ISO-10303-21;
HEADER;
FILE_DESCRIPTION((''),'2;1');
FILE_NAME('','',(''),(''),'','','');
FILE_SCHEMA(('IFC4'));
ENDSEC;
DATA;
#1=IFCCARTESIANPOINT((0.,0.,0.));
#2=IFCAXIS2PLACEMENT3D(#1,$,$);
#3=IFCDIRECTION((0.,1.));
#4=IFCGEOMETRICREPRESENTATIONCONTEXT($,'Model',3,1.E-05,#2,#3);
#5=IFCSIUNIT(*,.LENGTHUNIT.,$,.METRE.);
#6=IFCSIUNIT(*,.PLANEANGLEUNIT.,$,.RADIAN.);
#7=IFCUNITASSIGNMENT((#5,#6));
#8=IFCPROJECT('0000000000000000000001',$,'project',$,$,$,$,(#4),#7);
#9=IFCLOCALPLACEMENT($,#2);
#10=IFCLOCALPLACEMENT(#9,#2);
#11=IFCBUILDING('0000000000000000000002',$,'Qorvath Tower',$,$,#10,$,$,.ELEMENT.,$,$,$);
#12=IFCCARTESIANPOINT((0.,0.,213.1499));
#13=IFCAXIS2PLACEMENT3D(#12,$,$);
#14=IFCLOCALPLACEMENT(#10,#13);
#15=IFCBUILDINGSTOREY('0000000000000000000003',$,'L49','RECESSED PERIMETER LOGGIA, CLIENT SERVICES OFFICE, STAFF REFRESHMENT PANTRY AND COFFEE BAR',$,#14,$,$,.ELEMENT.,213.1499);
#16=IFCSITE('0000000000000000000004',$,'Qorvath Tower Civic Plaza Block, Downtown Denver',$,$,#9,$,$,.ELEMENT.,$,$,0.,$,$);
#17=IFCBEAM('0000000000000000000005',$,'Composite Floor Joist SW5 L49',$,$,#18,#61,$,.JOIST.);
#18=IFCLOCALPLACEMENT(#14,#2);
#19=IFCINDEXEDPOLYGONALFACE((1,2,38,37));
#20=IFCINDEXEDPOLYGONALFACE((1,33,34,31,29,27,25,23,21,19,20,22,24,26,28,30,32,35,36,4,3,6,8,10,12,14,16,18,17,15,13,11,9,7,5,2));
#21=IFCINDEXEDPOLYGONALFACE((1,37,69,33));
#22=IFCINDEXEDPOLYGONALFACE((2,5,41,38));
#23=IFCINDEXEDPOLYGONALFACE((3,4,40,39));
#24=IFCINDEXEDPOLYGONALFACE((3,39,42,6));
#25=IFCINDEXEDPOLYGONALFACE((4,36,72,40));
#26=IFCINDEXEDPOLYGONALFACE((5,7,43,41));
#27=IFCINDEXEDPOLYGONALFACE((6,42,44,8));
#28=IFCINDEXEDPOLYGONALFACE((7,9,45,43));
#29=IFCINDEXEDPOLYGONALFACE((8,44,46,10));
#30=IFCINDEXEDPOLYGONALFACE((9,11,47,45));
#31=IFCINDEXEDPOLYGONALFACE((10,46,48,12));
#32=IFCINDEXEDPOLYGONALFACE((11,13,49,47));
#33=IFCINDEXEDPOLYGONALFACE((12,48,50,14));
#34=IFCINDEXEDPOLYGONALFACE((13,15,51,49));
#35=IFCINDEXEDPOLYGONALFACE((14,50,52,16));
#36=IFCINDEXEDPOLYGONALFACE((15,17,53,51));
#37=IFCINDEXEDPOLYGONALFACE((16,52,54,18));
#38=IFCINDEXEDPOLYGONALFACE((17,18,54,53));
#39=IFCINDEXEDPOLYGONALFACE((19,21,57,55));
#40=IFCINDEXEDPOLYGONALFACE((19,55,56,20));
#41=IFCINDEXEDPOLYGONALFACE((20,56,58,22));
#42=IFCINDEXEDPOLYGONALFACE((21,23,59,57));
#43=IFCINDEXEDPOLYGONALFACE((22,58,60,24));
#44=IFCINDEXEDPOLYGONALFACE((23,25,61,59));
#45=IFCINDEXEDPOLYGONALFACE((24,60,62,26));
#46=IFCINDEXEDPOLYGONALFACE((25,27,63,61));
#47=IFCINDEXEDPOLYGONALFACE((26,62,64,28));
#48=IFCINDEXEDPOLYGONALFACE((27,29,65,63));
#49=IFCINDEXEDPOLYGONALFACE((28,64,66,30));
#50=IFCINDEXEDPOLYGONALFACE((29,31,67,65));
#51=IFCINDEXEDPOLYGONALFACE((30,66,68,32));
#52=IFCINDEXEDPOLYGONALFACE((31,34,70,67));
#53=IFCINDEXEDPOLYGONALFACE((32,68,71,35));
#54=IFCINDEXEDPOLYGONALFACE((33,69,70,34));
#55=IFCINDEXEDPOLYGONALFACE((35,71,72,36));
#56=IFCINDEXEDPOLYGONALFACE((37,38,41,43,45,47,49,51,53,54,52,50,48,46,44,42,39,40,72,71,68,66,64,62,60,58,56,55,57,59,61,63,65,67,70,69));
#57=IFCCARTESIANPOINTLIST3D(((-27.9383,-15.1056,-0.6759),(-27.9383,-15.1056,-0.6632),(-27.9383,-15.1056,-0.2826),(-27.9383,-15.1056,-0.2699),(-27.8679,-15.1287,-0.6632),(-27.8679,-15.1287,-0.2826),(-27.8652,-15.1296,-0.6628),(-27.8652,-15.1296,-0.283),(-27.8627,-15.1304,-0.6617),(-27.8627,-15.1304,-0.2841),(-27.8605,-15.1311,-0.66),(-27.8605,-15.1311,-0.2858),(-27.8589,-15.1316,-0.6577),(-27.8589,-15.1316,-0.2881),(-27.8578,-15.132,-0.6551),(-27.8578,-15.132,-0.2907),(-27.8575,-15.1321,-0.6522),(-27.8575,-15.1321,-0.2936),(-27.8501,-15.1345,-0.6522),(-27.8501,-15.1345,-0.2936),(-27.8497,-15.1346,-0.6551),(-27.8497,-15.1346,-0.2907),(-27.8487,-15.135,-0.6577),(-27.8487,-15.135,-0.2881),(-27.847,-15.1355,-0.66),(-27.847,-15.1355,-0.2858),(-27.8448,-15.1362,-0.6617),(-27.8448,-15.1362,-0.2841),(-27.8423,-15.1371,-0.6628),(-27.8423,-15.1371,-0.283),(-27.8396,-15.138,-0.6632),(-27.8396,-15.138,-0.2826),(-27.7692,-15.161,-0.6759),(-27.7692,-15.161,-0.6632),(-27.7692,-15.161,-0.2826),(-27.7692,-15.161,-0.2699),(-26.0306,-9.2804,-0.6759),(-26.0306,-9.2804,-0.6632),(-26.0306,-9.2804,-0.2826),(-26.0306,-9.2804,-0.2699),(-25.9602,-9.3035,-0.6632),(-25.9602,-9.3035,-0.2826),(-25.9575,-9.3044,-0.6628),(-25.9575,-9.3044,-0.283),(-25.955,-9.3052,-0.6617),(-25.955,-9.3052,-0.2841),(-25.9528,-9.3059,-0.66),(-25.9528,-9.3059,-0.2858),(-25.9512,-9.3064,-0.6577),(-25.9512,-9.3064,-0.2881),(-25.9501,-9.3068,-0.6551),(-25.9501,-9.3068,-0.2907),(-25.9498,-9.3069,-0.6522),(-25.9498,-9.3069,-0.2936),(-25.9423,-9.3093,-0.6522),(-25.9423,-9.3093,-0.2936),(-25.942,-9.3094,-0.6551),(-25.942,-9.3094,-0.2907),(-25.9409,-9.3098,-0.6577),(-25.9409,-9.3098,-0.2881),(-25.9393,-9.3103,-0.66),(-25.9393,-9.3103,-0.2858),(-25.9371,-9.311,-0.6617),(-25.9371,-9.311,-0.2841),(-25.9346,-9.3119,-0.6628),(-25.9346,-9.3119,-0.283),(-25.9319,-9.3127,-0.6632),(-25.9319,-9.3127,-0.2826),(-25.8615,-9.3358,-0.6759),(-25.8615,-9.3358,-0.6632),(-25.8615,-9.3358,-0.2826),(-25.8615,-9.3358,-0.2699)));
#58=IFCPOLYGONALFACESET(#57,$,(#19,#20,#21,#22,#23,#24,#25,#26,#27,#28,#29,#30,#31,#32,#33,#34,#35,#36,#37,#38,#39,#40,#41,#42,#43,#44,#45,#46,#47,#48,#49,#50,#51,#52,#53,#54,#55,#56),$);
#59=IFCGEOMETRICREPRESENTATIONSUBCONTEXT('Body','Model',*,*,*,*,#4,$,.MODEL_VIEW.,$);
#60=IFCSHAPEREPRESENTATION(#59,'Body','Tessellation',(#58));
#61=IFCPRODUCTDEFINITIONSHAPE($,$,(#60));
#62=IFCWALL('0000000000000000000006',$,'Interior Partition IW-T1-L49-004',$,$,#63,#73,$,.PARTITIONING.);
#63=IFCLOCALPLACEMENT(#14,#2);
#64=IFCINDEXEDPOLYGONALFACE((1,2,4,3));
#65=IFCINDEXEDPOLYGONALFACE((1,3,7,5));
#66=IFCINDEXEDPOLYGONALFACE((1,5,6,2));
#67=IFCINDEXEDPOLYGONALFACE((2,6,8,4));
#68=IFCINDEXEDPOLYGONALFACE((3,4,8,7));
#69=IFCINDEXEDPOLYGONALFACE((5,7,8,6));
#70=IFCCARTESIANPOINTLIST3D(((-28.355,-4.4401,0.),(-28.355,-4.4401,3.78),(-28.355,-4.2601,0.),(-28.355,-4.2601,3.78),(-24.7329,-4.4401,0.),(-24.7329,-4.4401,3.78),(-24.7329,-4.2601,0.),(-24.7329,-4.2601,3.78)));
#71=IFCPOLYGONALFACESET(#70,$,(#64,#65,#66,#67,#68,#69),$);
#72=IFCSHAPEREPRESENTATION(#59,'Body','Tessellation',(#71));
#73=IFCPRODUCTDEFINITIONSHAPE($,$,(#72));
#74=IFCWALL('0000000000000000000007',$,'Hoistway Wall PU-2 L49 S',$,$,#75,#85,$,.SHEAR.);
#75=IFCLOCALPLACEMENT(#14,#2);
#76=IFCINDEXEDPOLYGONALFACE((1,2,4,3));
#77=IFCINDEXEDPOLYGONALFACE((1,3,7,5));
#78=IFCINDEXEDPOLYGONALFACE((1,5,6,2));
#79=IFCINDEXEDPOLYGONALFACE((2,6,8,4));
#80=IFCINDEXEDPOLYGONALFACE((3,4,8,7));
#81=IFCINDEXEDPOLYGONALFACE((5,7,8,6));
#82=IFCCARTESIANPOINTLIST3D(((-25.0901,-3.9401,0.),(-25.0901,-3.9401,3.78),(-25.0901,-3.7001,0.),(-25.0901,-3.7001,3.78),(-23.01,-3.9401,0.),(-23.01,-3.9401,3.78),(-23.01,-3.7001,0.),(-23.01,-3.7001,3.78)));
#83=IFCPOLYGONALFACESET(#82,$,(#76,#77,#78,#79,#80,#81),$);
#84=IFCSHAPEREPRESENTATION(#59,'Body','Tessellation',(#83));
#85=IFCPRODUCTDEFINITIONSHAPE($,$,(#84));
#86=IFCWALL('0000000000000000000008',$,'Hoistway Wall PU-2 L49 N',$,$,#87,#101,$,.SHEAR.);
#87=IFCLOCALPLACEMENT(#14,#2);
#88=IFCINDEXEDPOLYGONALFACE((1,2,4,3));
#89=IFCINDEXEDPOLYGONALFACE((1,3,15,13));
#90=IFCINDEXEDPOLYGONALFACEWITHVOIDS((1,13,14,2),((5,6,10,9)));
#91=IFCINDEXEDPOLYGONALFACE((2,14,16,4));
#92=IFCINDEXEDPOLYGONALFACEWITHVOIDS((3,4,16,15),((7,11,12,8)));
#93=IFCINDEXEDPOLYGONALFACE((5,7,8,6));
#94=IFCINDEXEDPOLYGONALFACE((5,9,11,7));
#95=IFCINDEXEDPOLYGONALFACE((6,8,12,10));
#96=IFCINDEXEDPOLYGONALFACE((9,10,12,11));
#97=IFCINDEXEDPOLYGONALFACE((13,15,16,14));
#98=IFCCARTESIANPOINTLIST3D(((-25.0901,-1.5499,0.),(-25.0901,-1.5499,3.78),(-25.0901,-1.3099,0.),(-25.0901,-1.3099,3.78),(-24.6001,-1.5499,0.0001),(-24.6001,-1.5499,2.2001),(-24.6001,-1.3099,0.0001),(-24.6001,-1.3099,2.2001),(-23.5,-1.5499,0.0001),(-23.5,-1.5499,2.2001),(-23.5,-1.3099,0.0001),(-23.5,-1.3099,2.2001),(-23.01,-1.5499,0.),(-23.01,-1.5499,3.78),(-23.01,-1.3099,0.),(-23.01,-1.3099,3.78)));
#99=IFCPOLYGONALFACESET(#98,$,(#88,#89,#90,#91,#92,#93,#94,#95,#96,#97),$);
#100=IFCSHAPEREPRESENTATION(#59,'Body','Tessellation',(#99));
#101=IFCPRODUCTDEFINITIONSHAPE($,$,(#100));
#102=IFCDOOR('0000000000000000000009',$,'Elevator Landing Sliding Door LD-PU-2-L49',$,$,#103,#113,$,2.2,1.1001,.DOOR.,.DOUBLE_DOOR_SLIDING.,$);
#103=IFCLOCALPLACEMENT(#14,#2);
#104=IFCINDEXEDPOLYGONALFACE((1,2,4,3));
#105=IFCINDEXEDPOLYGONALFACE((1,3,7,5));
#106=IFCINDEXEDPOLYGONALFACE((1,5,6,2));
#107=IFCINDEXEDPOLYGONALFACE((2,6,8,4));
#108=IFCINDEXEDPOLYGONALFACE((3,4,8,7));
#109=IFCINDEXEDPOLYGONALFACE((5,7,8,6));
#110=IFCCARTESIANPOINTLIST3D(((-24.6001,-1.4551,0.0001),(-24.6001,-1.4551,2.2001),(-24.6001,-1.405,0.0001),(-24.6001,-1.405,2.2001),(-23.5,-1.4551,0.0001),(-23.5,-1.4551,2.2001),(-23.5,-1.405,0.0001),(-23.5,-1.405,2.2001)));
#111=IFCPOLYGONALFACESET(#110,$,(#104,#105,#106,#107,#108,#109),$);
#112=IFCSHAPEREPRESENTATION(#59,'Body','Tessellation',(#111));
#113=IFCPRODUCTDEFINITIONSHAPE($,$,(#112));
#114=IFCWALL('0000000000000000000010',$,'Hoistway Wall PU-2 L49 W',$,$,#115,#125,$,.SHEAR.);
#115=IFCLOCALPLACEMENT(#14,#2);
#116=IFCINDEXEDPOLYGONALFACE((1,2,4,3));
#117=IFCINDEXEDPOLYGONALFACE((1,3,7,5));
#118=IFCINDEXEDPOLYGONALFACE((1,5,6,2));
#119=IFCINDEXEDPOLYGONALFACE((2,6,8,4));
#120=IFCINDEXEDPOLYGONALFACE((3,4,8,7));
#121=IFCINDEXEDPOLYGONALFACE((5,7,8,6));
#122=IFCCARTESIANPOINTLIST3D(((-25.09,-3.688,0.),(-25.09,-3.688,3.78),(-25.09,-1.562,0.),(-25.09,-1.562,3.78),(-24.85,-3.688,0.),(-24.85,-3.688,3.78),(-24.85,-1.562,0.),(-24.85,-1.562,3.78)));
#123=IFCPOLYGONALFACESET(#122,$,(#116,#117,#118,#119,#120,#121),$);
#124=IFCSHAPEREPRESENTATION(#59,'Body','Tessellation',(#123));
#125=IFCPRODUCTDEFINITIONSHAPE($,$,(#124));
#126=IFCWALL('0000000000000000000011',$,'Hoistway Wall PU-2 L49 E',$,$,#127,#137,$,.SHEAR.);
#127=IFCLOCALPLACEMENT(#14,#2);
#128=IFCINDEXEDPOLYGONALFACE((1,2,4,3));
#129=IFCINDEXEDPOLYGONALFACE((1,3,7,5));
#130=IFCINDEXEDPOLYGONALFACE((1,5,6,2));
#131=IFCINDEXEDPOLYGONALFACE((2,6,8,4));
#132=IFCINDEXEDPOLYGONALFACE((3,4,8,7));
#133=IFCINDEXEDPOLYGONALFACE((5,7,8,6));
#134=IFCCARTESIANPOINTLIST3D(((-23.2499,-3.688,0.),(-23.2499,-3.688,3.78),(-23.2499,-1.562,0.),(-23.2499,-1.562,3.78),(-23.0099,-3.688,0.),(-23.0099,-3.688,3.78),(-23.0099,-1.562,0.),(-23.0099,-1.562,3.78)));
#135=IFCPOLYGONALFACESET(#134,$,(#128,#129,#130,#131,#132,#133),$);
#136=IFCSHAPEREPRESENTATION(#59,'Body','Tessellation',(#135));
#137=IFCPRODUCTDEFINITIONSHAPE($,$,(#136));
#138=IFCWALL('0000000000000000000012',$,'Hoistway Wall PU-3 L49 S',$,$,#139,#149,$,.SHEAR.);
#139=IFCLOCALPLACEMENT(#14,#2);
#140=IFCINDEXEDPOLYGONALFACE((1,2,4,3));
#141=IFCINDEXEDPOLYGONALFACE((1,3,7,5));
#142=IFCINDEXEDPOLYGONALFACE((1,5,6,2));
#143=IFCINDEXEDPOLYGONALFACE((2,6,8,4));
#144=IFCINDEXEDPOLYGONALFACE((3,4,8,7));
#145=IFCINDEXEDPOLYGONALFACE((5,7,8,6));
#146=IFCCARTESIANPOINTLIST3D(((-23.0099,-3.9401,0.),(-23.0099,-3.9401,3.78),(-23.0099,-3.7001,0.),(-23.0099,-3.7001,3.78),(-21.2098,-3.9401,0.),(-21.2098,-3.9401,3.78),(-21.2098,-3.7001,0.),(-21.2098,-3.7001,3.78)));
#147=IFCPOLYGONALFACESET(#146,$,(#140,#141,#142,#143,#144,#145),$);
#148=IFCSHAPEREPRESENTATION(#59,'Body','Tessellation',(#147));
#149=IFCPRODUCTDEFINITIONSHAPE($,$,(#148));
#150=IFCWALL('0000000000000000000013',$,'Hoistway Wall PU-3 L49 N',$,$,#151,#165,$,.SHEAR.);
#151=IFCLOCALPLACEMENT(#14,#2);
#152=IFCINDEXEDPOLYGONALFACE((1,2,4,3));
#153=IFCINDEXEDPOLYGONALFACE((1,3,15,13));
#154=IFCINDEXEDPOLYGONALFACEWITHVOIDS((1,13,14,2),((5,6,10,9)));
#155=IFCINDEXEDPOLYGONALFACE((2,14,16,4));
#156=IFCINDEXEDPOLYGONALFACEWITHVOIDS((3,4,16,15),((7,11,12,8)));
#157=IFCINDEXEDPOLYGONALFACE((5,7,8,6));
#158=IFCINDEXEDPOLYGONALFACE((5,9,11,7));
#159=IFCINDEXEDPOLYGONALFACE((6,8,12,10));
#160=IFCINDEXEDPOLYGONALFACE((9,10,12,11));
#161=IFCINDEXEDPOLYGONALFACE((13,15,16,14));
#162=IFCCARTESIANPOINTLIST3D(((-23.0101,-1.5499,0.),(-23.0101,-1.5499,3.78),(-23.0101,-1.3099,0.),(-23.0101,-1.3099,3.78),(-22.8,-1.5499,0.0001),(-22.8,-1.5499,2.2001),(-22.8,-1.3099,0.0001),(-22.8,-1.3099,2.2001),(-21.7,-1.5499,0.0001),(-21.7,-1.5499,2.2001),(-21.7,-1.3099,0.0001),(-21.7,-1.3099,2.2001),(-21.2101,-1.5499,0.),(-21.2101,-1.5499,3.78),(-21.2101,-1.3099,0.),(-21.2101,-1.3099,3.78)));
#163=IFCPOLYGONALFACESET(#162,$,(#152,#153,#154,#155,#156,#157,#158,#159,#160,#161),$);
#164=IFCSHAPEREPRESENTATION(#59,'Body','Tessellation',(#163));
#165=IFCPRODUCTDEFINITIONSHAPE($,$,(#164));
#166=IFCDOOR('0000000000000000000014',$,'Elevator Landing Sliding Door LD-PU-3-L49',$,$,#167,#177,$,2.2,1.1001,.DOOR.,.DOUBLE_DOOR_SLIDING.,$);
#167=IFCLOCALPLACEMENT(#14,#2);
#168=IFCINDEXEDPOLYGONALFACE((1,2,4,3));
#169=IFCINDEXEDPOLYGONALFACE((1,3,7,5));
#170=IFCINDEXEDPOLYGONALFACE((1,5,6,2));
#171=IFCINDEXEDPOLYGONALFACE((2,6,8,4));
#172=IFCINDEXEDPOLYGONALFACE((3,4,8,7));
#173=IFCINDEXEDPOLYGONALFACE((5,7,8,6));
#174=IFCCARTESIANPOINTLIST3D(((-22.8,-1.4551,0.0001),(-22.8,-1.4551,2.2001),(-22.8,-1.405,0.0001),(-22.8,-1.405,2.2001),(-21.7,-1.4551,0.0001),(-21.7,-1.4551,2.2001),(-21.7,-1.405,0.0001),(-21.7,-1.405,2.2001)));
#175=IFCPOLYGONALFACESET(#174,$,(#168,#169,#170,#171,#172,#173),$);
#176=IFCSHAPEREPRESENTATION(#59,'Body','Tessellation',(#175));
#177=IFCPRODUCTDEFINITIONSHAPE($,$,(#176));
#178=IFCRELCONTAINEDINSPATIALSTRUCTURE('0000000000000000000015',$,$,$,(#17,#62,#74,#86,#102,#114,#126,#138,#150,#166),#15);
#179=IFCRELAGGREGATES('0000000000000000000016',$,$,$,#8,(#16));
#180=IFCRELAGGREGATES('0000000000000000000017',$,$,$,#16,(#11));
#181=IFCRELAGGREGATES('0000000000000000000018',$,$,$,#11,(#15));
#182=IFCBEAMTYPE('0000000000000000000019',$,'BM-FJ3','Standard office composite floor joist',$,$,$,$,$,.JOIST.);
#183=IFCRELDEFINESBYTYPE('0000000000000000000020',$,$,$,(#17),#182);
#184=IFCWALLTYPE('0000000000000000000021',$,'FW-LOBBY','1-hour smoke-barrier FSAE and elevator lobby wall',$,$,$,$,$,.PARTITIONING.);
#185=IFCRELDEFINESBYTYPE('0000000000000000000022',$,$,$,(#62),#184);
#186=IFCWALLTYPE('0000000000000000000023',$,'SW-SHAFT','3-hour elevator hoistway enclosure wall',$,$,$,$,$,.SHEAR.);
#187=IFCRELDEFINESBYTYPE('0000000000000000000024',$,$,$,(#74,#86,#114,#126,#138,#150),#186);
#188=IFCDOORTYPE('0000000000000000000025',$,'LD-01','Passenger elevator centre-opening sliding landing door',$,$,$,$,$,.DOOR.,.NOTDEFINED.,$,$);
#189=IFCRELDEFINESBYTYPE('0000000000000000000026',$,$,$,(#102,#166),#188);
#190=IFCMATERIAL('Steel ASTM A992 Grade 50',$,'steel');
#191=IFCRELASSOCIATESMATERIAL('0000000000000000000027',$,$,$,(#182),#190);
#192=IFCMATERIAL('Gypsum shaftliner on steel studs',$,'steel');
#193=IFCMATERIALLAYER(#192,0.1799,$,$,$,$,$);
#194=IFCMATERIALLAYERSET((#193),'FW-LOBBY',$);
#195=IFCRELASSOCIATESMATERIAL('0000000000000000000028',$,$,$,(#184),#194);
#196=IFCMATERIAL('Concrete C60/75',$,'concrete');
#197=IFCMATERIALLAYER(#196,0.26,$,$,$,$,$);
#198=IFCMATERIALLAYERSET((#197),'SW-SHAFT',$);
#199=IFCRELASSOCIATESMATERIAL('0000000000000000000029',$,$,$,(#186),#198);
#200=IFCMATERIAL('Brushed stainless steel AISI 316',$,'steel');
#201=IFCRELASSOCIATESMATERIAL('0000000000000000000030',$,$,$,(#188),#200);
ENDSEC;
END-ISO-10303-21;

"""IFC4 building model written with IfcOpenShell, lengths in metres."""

from ifc_helpers import new_model, si_unit, direction, frame, frame_2d, origin, origin_2d, place, context, subcontext, project, spatial, rectangle, i_section, extrude, material, layer, layer_set, material_profile, profile_set, type_object, element, fill, save


model = new_model("IFC4")

# Units and contexts
model_context = context("Model", 3, precision=1e-05, world=origin(), true_north=direction((0.0, 1.0)))
body_context = subcontext(model_context, "Body", "Model", "MODEL_VIEW")
ifc_project = project(units=[si_unit("LENGTHUNIT", "METRE"), si_unit("PLANEANGLEUNIT", "RADIAN")], contexts=[model_context])

# Site, building, storey
site_placement = place(None, origin())
site = spatial("IfcSite", under=ifc_project, at=site_placement, Name="Qorvath Tower Civic Plaza Block, Downtown Denver", CompositionType="ELEMENT", RefElevation=0.0)
building_placement = place(site_placement, origin())
building = spatial("IfcBuilding", under=site, at=building_placement, Name="Qorvath Tower", CompositionType="ELEMENT")
storey_placement = place(building_placement, frame((0.0, 0.0, 213.1499)))
storey = spatial("IfcBuildingStorey", under=building, at=storey_placement, Name="L49", Description="RECESSED PERIMETER LOGGIA, CLIENT SERVICES OFFICE, STAFF REFRESHMENT PANTRY AND COFFEE BAR", CompositionType="ELEMENT", Elevation=213.1499)

# Beam
ifc_material_1 = material(Name="Steel ASTM A992 Grade 50", Category="steel")
ifc_material_profile = material_profile(ifc_material_1, i_section(OverallWidth=0.178, OverallDepth=0.406, WebThickness=0.0078, FlangeThickness=0.0127, FilletRadius=0.011, at=origin_2d()), Name="W16x40")
ifc_profile_set = profile_set([ifc_material_profile], Name="Steel ASTM A992 Grade 50")
beam_type = type_object("IfcBeamType", Name="BM-FJ3", Description="Standard office composite floor joist", PredefinedType="JOIST", material=ifc_profile_set)
beam_placement = place(storey_placement, frame((-25.946, -9.3081, -0.4729), z_axis=(-0.311229, -0.950335, 0.0), x_axis=(0.950335, -0.311229, 0.0)))
element("IfcBeam", 1, at=beam_placement, inside=storey, type_object=beam_type, Name="Composite Floor Joist SW5 L49", PredefinedType="JOIST", context=body_context, shape_type="SweptSolid", body=[
    extrude(i_section(OverallWidth=0.178, OverallDepth=0.406, WebThickness=0.0078, FlangeThickness=0.0127, FilletRadius=0.011, at=origin_2d()), origin(), (0.0, 0.0, 1.0), 6.1296),
])

# Walls
ifc_material_2 = material(Name="Gypsum shaftliner on steel studs", Category="steel")
ifc_layer_1 = layer(ifc_material_2, 0.1799)
ifc_layer_set_1 = layer_set([ifc_layer_1], Name="FW-LOBBY")
wall_type_1 = type_object("IfcWallType", Name="FW-LOBBY", Description="1-hour smoke-barrier FSAE and elevator lobby wall", PredefinedType="PARTITIONING", material=ifc_layer_set_1)
wall_1_placement = place(storey_placement, frame((-24.7329, -4.3501, 0.0), z_axis=(0.0, 0.0, 1.0), x_axis=(-1.0, 0.0, 0.0)))
element("IfcWall", 2, at=wall_1_placement, inside=storey, type_object=wall_type_1, Name="Interior Partition IW-T1-L49-004", PredefinedType="PARTITIONING", context=body_context, shape_type="SweptSolid", body=[
    extrude(rectangle(XDim=3.6221, YDim=0.1799, at=frame_2d((1.811, 0.0))), origin(), (0.0, 0.0, 1.0), 3.78),
])
ifc_material_3 = material(Name="Concrete C60/75", Category="concrete")
ifc_layer_2 = layer(ifc_material_3, 0.26)
ifc_layer_set_2 = layer_set([ifc_layer_2], Name="SW-SHAFT")
wall_type_2 = type_object("IfcWallType", Name="SW-SHAFT", Description="3-hour elevator hoistway enclosure wall", PredefinedType="SHEAR", material=ifc_layer_set_2)
wall_2_placement = place(storey_placement, frame((-23.01, -3.8201, 0.0), z_axis=(0.0, 0.0, 1.0), x_axis=(-1.0, 0.0, 0.0)))
element("IfcWall", 3, at=wall_2_placement, inside=storey, type_object=wall_type_2, Name="Hoistway Wall PU-2 L49 S", PredefinedType="SHEAR", context=body_context, shape_type="SweptSolid", body=[
    extrude(rectangle(XDim=2.0801, YDim=0.24, at=frame_2d((1.04, 0.0))), origin(), (0.0, 0.0, 1.0), 3.78),
])

# Wall, opening, door
wall_3_placement = place(storey_placement, frame((-25.0901, -1.4299, 0.0), z_axis=(0.0, 0.0, 1.0), x_axis=(1.0, 0.0, 0.0)))
wall_3 = element("IfcWall", 4, at=wall_3_placement, inside=storey, type_object=wall_type_2, Name="Hoistway Wall PU-2 L49 N", PredefinedType="SHEAR", context=body_context, shape_type="SweptSolid", body=[
    extrude(rectangle(XDim=2.0801, YDim=0.24, at=frame_2d((1.04, 0.0))), origin(), (0.0, 0.0, 1.0), 3.78),
])
opening_1_placement = place(wall_3_placement, frame((0.49, 0.0, 0.0)))
opening_1 = element("IfcOpeningElement", 5, at=opening_1_placement, cuts=wall_3, PredefinedType="OPENING", context=body_context, shape_type="SweptSolid", body=[
    extrude(rectangle(XDim=1.1001, YDim=2.2, at=frame_2d((0.55, 1.1001))), frame((0.0, 0.1299, 0.0), z_axis=(0.0, -1.0, 0.0), x_axis=(1.0, 0.0, 0.0)), (0.0, 0.0, 1.0), 0.26),
])
ifc_material_4 = material(Name="Brushed stainless steel AISI 316", Category="steel")
door_type_1 = type_object("IfcDoorType", Name="LD-01", Description="Passenger elevator centre-opening sliding landing door", OperationType="NOTDEFINED", PredefinedType="DOOR", material=ifc_material_4)
door_1_placement = place(opening_1_placement, origin())
door_1 = element("IfcDoor", 6, at=door_1_placement, inside=storey, type_object=door_type_1, Name="Elevator Landing Sliding Door LD-PU-2-L49", OperationType="DOUBLE_DOOR_SLIDING", OverallHeight=2.2, OverallWidth=1.1001, PredefinedType="DOOR", context=body_context, shape_type="SweptSolid", body=[
    extrude(rectangle(XDim=1.1001, YDim=2.2, at=frame_2d((0.55, 1.1001))), frame((0.0, 0.0249, 0.0), z_axis=(0.0, -1.0, 0.0), x_axis=(1.0, 0.0, 0.0)), (0.0, 0.0, 1.0), 0.05),
])
fill(opening_1, door_1)

# Walls
for number, where, z_axis, x_axis, name in (
    (7, (-24.97, -3.688, 0.0), (0.0, 0.0, 1.0), (0.0, 1.0, 0.0), "Hoistway Wall PU-2 L49 W"),
    (8, (-23.1299, -1.562, 0.0), (0.0, 0.0, 1.0), (0.0, -1.0, 0.0), "Hoistway Wall PU-2 L49 E"),
):
    element("IfcWall", number, at=place(storey_placement, frame(where, z_axis=z_axis, x_axis=x_axis)), inside=storey, type_object=wall_type_2, Name=name, PredefinedType="SHEAR", context=body_context, shape_type="SweptSolid", body=[
        extrude(rectangle(XDim=2.126, YDim=0.24, at=frame_2d((1.063, 0.0))), origin(), (0.0, 0.0, 1.0), 3.78),
    ])
wall_4_placement = place(storey_placement, frame((-21.21, -3.8201, 0.0), z_axis=(0.0, 0.0, 1.0), x_axis=(-1.0, 0.0, 0.0)))
element("IfcWall", 9, at=wall_4_placement, inside=storey, type_object=wall_type_2, Name="Hoistway Wall PU-3 L49 S", PredefinedType="SHEAR", context=body_context, shape_type="SweptSolid", body=[
    extrude(rectangle(XDim=1.8, YDim=0.24, at=frame_2d((0.8999, 0.0))), origin(), (0.0, 0.0, 1.0), 3.78),
])

# Wall, opening, door
wall_5_placement = place(storey_placement, frame((-23.01, -1.4299, 0.0), z_axis=(0.0, 0.0, 1.0), x_axis=(1.0, 0.0, 0.0)))
wall_5 = element("IfcWall", 10, at=wall_5_placement, inside=storey, type_object=wall_type_2, Name="Hoistway Wall PU-3 L49 N", PredefinedType="SHEAR", context=body_context, shape_type="SweptSolid", body=[
    extrude(rectangle(XDim=1.8, YDim=0.24, at=frame_2d((0.8999, 0.0))), origin(), (0.0, 0.0, 1.0), 3.78),
])
opening_2_placement = place(wall_5_placement, frame((0.21, 0.0, 0.0)))
opening_2 = element("IfcOpeningElement", 11, at=opening_2_placement, cuts=wall_5, PredefinedType="OPENING", context=body_context, shape_type="SweptSolid", body=[
    extrude(rectangle(XDim=1.1001, YDim=2.2, at=frame_2d((0.55, 1.1001))), frame((0.0, 0.1299, 0.0), z_axis=(0.0, -1.0, 0.0), x_axis=(1.0, 0.0, 0.0)), (0.0, 0.0, 1.0), 0.26),
])
door_2_placement = place(opening_2_placement, origin())
door_2 = element("IfcDoor", 12, at=door_2_placement, inside=storey, type_object=door_type_1, Name="Elevator Landing Sliding Door LD-PU-3-L49", OperationType="DOUBLE_DOOR_SLIDING", OverallHeight=2.2, OverallWidth=1.1001, PredefinedType="DOOR", context=body_context, shape_type="SweptSolid", body=[
    extrude(rectangle(XDim=1.1001, YDim=2.2, at=frame_2d((0.55, 1.1001))), frame((0.0, 0.0249, 0.0), z_axis=(0.0, -1.0, 0.0), x_axis=(1.0, 0.0, 0.0)), (0.0, 0.0, 1.0), 0.05),
])
fill(opening_2, door_2)

save(model, "model.ifc")
